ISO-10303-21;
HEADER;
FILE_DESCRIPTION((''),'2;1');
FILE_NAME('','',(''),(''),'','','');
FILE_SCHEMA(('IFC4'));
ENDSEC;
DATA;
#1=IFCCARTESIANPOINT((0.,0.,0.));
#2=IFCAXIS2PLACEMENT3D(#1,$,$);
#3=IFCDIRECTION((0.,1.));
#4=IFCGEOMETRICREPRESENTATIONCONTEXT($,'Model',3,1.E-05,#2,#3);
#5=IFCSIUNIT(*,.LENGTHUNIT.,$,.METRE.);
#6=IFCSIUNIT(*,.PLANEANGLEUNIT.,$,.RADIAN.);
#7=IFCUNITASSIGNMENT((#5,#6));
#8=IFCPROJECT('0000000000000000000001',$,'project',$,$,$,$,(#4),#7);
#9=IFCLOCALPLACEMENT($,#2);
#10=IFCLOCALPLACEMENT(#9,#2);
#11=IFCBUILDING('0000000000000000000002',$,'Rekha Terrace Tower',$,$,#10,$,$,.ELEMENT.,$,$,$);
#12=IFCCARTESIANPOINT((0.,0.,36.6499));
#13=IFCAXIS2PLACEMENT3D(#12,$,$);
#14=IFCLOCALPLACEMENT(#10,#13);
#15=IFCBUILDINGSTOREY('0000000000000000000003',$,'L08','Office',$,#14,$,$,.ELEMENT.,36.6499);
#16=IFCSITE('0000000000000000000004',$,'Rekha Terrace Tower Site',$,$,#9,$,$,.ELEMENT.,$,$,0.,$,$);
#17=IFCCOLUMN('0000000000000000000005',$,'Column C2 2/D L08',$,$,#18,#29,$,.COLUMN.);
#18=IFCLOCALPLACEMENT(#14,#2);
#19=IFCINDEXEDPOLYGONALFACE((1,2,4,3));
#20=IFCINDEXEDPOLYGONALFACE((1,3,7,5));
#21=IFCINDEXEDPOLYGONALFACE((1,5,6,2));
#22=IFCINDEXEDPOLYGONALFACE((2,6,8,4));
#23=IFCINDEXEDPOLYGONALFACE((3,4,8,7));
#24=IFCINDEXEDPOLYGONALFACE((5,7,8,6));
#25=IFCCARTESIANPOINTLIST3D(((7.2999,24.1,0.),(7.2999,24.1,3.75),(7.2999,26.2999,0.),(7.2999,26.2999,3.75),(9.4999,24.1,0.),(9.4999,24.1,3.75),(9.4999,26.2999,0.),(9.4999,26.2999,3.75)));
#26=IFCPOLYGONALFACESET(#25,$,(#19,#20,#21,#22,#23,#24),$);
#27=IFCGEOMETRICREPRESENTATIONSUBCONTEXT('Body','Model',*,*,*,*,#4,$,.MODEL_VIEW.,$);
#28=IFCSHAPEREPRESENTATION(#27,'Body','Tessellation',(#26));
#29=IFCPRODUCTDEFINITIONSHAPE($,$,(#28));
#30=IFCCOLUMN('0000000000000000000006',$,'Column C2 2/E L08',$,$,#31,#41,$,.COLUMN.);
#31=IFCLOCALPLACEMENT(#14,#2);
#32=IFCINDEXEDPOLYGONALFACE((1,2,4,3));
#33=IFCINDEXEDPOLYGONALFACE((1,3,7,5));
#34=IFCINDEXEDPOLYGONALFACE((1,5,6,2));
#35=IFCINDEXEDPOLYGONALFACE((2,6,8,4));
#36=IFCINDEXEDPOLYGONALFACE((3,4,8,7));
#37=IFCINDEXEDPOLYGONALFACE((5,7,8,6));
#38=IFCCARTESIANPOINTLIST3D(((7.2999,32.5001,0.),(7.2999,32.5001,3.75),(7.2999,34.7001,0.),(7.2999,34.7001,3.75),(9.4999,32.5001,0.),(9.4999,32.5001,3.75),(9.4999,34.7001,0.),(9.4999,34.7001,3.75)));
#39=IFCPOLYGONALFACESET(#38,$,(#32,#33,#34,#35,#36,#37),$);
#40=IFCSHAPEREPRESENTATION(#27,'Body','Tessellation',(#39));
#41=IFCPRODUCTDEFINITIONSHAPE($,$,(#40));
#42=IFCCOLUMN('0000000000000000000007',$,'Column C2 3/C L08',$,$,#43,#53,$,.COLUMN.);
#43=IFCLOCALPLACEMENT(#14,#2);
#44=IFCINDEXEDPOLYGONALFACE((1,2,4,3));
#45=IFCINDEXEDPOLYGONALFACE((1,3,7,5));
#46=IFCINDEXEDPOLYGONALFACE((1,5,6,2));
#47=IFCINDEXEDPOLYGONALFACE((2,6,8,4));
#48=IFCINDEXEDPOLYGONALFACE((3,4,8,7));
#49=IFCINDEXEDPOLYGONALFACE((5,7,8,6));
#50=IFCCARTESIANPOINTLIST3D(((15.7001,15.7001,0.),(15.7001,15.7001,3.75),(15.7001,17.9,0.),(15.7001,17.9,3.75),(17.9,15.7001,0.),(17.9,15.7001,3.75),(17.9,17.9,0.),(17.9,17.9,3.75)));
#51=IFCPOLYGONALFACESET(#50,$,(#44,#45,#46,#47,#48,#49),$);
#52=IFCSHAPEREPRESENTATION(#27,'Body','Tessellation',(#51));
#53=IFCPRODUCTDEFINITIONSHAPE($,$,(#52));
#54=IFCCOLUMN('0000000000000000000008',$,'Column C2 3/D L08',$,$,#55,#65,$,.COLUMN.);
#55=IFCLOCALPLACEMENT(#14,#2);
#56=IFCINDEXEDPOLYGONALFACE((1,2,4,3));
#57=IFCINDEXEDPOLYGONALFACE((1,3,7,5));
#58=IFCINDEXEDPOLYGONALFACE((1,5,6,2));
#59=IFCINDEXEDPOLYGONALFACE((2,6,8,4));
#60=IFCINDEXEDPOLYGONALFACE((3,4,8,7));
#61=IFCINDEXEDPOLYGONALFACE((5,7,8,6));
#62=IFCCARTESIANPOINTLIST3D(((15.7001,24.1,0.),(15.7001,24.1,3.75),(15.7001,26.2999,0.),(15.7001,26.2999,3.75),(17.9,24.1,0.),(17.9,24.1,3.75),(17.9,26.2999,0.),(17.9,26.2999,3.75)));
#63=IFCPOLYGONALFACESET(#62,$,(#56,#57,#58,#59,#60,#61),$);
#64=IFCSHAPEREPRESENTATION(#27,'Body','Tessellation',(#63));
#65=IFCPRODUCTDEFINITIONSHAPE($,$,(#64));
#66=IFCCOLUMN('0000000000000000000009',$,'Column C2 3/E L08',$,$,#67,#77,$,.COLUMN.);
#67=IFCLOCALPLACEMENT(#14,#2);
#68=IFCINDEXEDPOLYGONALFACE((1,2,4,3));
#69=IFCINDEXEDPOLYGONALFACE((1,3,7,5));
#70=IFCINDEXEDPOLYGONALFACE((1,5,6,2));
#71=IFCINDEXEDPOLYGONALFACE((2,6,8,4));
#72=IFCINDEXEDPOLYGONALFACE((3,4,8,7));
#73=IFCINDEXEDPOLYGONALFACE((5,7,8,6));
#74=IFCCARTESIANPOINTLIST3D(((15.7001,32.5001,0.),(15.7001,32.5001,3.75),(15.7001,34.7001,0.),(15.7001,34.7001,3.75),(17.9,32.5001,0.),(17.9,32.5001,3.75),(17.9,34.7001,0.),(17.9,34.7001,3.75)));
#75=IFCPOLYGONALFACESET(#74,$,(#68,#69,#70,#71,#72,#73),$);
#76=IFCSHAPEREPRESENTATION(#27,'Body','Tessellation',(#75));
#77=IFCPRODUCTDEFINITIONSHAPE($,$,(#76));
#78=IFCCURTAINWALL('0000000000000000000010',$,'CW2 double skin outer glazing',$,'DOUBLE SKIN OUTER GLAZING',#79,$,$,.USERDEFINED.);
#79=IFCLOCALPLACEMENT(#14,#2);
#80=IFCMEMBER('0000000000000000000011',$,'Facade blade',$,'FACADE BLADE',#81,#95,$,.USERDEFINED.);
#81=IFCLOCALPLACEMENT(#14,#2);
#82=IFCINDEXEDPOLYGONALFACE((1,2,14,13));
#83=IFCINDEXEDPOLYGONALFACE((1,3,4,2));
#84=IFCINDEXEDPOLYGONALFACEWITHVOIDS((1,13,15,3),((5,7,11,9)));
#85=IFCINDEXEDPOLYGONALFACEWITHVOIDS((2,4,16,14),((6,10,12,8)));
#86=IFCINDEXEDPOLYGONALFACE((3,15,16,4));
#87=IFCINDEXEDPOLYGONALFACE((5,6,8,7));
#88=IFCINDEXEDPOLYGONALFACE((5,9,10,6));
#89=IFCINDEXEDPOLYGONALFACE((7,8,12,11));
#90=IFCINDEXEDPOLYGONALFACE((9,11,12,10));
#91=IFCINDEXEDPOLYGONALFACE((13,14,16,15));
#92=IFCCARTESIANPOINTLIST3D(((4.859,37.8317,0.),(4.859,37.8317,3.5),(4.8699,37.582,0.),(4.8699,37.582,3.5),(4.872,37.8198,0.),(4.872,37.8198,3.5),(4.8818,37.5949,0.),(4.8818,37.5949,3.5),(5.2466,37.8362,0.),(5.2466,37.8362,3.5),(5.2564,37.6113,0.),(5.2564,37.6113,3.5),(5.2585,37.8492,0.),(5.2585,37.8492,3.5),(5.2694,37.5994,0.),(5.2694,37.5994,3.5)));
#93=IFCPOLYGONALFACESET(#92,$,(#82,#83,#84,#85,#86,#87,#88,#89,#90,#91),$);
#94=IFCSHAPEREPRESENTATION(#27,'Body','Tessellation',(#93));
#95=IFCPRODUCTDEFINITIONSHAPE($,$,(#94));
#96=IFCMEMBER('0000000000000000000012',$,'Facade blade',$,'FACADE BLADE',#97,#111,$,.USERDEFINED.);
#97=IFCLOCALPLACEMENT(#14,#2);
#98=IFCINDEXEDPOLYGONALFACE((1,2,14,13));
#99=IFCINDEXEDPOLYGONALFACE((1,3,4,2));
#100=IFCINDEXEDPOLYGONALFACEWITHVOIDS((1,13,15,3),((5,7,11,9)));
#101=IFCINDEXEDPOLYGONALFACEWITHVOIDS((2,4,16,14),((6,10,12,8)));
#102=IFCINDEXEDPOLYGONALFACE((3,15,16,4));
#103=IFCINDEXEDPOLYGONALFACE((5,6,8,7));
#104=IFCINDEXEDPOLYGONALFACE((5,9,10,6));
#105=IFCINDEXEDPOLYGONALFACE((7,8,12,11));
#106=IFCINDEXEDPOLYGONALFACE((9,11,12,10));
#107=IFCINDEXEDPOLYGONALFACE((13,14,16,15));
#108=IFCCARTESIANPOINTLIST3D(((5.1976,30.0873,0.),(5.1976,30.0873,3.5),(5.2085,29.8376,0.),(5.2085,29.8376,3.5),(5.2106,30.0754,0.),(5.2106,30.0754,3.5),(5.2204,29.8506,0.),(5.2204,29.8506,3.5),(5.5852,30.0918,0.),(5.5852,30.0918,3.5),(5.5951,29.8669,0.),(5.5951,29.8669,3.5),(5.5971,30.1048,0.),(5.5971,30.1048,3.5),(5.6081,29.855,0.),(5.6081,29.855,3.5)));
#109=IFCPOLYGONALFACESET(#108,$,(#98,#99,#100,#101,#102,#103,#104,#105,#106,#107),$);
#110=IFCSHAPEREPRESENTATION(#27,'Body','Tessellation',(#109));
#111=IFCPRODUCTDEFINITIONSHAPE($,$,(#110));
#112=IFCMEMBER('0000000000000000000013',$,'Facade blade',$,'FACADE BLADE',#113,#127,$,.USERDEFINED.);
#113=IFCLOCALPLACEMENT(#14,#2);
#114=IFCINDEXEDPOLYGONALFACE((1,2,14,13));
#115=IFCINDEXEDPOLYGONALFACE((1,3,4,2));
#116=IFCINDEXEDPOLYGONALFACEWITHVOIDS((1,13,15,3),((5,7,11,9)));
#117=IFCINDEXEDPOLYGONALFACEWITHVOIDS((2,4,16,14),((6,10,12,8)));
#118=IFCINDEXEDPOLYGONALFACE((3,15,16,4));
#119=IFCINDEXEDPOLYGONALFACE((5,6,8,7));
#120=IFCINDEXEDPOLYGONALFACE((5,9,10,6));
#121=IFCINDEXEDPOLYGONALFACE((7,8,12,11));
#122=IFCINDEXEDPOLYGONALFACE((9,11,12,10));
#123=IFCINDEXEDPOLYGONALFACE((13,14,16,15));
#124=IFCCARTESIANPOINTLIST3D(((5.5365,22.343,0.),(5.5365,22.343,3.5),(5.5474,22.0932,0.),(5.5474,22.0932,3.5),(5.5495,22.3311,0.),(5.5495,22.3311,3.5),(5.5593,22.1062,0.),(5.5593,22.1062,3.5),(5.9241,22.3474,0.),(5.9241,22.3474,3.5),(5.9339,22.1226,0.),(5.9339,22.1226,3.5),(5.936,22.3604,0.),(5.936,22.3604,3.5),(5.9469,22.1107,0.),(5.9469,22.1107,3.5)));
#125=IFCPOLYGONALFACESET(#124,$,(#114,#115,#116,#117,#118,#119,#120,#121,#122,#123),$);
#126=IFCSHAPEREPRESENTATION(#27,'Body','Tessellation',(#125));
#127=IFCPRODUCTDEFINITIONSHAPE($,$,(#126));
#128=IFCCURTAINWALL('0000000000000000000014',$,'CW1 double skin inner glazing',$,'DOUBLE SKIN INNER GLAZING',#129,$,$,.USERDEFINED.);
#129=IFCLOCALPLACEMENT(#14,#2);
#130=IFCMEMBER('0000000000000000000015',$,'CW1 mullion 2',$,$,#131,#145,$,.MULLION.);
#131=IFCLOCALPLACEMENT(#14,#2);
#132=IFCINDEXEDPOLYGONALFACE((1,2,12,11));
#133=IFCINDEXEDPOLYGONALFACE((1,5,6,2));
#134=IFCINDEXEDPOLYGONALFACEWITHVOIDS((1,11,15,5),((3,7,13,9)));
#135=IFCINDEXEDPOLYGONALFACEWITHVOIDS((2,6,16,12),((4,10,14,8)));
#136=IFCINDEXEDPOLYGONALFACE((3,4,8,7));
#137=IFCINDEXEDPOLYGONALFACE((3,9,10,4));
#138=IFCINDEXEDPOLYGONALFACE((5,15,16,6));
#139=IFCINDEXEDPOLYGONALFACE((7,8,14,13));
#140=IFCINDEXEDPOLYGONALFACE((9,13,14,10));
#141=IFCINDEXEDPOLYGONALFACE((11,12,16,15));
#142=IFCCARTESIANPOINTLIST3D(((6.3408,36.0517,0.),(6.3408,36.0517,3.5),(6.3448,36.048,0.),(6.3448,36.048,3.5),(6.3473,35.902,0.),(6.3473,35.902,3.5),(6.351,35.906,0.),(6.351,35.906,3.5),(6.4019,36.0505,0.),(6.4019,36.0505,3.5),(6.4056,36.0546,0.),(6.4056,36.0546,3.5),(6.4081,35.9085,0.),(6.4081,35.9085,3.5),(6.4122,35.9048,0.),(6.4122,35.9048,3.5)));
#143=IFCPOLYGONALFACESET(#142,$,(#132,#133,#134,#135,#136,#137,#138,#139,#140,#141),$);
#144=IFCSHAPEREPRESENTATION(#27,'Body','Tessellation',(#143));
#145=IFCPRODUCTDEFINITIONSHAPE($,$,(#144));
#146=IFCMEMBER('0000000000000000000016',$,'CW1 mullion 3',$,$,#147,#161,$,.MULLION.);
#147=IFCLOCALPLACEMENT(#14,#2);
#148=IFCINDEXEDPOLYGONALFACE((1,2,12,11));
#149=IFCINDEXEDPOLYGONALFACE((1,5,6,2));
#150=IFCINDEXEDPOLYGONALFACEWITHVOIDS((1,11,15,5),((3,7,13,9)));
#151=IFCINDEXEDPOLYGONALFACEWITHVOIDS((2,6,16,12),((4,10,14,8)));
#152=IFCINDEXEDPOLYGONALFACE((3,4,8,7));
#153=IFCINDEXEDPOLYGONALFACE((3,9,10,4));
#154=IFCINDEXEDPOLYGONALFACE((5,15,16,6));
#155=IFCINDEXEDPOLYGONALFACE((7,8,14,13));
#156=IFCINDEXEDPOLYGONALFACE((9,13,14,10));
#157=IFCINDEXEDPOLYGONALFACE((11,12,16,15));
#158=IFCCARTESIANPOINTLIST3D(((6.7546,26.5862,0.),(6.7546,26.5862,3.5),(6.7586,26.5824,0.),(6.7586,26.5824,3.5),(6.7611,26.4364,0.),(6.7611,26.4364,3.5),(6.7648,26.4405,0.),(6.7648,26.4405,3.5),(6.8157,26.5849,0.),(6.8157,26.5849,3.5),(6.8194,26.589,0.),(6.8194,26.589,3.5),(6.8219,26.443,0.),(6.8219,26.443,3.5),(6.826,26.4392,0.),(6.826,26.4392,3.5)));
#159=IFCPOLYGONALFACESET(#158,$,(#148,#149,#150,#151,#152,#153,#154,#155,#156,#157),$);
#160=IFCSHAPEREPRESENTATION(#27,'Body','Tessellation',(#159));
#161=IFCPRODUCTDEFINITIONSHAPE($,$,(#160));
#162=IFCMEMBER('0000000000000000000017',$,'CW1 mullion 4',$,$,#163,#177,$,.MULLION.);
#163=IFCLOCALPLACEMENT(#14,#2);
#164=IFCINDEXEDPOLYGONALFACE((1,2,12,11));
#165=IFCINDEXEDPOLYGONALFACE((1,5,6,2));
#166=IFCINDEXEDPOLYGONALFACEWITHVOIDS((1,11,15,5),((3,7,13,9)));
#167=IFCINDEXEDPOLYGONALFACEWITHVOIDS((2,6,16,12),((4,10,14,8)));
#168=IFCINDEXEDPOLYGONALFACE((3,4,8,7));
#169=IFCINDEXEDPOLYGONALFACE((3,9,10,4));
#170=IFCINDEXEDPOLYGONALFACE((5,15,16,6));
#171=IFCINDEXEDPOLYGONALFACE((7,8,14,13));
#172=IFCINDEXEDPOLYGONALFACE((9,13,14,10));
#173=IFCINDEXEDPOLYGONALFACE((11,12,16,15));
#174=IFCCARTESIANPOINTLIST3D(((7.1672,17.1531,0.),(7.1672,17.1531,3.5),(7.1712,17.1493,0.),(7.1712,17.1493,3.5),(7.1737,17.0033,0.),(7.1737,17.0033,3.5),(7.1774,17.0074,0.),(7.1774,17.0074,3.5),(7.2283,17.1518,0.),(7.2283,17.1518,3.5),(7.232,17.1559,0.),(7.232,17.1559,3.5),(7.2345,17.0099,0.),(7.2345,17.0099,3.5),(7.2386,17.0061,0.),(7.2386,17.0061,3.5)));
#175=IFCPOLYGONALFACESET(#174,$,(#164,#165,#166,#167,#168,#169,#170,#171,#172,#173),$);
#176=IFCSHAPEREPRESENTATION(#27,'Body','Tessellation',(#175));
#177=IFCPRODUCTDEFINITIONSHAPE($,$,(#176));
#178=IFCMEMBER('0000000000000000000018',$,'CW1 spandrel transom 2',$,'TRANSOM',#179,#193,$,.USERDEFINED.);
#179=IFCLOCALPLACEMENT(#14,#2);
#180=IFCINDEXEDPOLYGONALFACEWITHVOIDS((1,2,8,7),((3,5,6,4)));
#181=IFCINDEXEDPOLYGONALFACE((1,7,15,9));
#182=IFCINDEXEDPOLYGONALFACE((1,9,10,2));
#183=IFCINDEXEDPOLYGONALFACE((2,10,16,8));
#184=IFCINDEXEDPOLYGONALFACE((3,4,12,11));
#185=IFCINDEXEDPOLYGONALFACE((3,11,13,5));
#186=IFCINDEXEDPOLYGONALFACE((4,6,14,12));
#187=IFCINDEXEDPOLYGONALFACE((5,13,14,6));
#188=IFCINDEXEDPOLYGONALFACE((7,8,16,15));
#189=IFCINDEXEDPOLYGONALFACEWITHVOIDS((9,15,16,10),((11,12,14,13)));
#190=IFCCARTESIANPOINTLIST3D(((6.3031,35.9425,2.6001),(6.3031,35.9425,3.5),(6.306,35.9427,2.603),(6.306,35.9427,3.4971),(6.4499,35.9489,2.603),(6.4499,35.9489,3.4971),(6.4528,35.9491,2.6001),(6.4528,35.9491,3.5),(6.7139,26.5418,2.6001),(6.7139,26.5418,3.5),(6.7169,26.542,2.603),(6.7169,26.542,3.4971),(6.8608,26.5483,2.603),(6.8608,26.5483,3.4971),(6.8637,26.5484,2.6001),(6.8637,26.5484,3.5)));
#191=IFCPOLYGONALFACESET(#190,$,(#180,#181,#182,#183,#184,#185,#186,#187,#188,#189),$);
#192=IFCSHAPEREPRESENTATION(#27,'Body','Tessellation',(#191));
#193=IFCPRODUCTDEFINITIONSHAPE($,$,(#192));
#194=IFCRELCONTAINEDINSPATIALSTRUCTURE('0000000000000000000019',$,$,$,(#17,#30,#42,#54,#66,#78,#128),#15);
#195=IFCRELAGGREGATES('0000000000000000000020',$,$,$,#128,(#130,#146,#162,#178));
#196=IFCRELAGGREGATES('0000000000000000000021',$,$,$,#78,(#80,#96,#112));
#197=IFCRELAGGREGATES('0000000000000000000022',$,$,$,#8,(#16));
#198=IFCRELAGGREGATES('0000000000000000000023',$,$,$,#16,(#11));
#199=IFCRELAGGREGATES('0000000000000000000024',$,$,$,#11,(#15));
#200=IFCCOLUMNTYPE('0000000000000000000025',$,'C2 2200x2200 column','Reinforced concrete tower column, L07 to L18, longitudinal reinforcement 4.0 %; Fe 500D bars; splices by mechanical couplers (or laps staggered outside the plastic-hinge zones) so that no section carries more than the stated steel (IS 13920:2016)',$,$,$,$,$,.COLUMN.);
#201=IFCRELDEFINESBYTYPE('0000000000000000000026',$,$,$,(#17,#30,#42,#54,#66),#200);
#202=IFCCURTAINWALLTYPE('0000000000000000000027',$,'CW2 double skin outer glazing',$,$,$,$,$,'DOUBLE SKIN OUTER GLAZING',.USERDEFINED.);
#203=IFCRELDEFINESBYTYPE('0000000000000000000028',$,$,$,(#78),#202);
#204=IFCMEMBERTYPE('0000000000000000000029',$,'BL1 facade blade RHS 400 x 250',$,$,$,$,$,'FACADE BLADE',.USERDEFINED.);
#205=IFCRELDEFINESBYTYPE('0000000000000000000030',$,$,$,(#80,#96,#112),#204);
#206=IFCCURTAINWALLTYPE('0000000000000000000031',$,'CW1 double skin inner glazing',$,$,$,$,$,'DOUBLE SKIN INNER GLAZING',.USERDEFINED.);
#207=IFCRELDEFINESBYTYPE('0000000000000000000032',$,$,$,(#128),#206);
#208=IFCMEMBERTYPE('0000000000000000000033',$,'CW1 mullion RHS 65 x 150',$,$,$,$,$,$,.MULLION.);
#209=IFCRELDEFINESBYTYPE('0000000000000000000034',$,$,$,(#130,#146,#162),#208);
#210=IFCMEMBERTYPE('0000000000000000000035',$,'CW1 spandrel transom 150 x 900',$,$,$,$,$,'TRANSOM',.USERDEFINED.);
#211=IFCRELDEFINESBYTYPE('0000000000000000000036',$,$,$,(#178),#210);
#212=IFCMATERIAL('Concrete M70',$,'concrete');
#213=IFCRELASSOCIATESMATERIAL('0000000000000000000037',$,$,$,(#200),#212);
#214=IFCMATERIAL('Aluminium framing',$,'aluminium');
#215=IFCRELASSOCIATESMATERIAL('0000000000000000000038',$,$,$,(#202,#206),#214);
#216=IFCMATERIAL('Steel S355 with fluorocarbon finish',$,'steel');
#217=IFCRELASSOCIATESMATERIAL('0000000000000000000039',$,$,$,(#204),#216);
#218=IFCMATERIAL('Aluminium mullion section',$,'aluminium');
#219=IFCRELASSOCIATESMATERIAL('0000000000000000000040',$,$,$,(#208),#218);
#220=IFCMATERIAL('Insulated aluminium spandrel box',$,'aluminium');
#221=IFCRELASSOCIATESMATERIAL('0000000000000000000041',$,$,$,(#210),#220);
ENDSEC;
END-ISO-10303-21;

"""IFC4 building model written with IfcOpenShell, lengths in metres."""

from ifc_helpers import new_model, si_unit, direction, frame, origin, origin_2d, place, context, subcontext, project, spatial, rectangle, hollow_rectangle, extrude, material, material_profile, profile_set, type_object, element, aggregate, save


model = new_model("IFC4")

# Units and contexts
model_context = context("Model", 3, precision=1e-05, world=origin(), true_north=direction((0.0, 1.0)))
body_context = subcontext(model_context, "Body", "Model", "MODEL_VIEW")
ifc_project = project(units=[si_unit("LENGTHUNIT", "METRE"), si_unit("PLANEANGLEUNIT", "RADIAN")], contexts=[model_context])

# Site, building, storey
site_placement = place(None, origin())
site = spatial("IfcSite", under=ifc_project, at=site_placement, Name="Rekha Terrace Tower Site", CompositionType="ELEMENT", RefElevation=0.0)
building_placement = place(site_placement, origin())
building = spatial("IfcBuilding", under=site, at=building_placement, Name="Rekha Terrace Tower", CompositionType="ELEMENT")
storey_placement = place(building_placement, frame((0.0, 0.0, 36.6499)))
storey = spatial("IfcBuildingStorey", under=building, at=storey_placement, Name="L08", Description="Office", CompositionType="ELEMENT", Elevation=36.6499)

# Columns
ifc_material_1 = material(Name="Concrete M70", Category="concrete")
ifc_material_profile_1 = material_profile(ifc_material_1, rectangle(XDim=2.2, YDim=2.2, at=origin_2d()), Name="RC 2200x2200")
ifc_profile_set_1 = profile_set([ifc_material_profile_1], Name="Concrete M70")
column_type = type_object("IfcColumnType", Name="C2 2200x2200 column", Description="Reinforced concrete tower column, L07 to L18, longitudinal reinforcement 4.0 %; Fe 500D bars; splices by mechanical couplers (or laps staggered outside the plastic-hinge zones) so that no section carries more than the stated steel (IS 13920:2016)", PredefinedType="COLUMN", material=ifc_profile_set_1)
for number, where, z_axis, x_axis, name in (
    (1, (8.3999, 25.2, 0.0), (0.0, 0.0, 1.0), (1.0, 0.0, 0.0), "Column C2 2/D L08"),
    (2, (8.3999, 33.6001, 0.0), (0.0, 0.0, 1.0), (1.0, 0.0, 0.0), "Column C2 2/E L08"),
    (3, (16.8, 16.8, 0.0), (0.0, 0.0, 1.0), (1.0, 0.0, 0.0), "Column C2 3/C L08"),
    (4, (16.8, 25.2, 0.0), (0.0, 0.0, 1.0), (1.0, 0.0, 0.0), "Column C2 3/D L08"),
    (5, (16.8, 33.6001, 0.0), (0.0, 0.0, 1.0), (1.0, 0.0, 0.0), "Column C2 3/E L08"),
):
    element("IfcColumn", number, at=place(storey_placement, frame(where, z_axis=z_axis, x_axis=x_axis)), inside=storey, type_object=column_type, Name=name, PredefinedType="COLUMN", context=body_context, shape_type="SweptSolid", body=[
        extrude(rectangle(XDim=2.2, YDim=2.2, at=origin_2d()), origin(), (0.0, 0.0, 1.0), 3.75),
    ])

# Curtain walls, members
ifc_material_2 = material(Name="Aluminium framing", Category="aluminium")
curtain_wall_type_1 = type_object("IfcCurtainWallType", Name="CW2 double skin outer glazing", ElementType="DOUBLE SKIN OUTER GLAZING", PredefinedType="USERDEFINED", material=ifc_material_2)
curtain_wall_1_placement = place(storey_placement, origin())
curtain_wall_1 = element("IfcCurtainWall", 6, at=curtain_wall_1_placement, inside=storey, type_object=curtain_wall_type_1, Name="CW2 double skin outer glazing", ObjectType="DOUBLE SKIN OUTER GLAZING", PredefinedType="USERDEFINED")
ifc_material_3 = material(Name="Steel S355 with fluorocarbon finish", Category="steel")
ifc_material_profile_2 = material_profile(ifc_material_3, hollow_rectangle(XDim=0.25, YDim=0.3999, WallThickness=0.0125, at=origin_2d()), Name="RHS400x250x12.5")
ifc_profile_set_2 = profile_set([ifc_material_profile_2], Name="Steel S355 with fluorocarbon finish")
member_type_1 = type_object("IfcMemberType", Name="BL1 facade blade RHS 400 x 250", ElementType="FACADE BLADE", PredefinedType="USERDEFINED", material=ifc_profile_set_2)
member_1_placement = place(storey_placement, frame((5.0642, 37.7156, 0.0), z_axis=(0.0, 0.0, 1.0), x_axis=(0.043682, -0.999045, 0.0)))
member_1 = element("IfcMember", 7, at=member_1_placement, type_object=member_type_1, Name="Facade blade", ObjectType="FACADE BLADE", PredefinedType="USERDEFINED", context=body_context, shape_type="SweptSolid", body=[
    extrude(hollow_rectangle(XDim=0.25, YDim=0.3999, WallThickness=0.0125, at=origin_2d()), origin(), (0.0, 0.0, 1.0), 3.5),
])
member_2_placement = place(storey_placement, frame((5.4028, 29.9712, 0.0), z_axis=(0.0, 0.0, 1.0), x_axis=(0.043682, -0.999045, 0.0)))
member_2 = element("IfcMember", 8, at=member_2_placement, type_object=member_type_1, Name="Facade blade", ObjectType="FACADE BLADE", PredefinedType="USERDEFINED", context=body_context, shape_type="SweptSolid", body=[
    extrude(hollow_rectangle(XDim=0.25, YDim=0.3999, WallThickness=0.0125, at=origin_2d()), origin(), (0.0, 0.0, 1.0), 3.5),
])
member_3_placement = place(storey_placement, frame((5.7417, 22.2268, 0.0), z_axis=(0.0, 0.0, 1.0), x_axis=(0.043682, -0.999045, 0.0)))
member_3 = element("IfcMember", 9, at=member_3_placement, type_object=member_type_1, Name="Facade blade", ObjectType="FACADE BLADE", PredefinedType="USERDEFINED", context=body_context, shape_type="SweptSolid", body=[
    extrude(hollow_rectangle(XDim=0.25, YDim=0.3999, WallThickness=0.0125, at=origin_2d()), origin(), (0.0, 0.0, 1.0), 3.5),
])
curtain_wall_type_2 = type_object("IfcCurtainWallType", Name="CW1 double skin inner glazing", ElementType="DOUBLE SKIN INNER GLAZING", PredefinedType="USERDEFINED", material=ifc_material_2)
curtain_wall_2_placement = place(storey_placement, origin())
curtain_wall_2 = element("IfcCurtainWall", 10, at=curtain_wall_2_placement, inside=storey, type_object=curtain_wall_type_2, Name="CW1 double skin inner glazing", ObjectType="DOUBLE SKIN INNER GLAZING", PredefinedType="USERDEFINED")
ifc_material_4 = material(Name="Aluminium mullion section", Category="aluminium")
ifc_material_profile_3 = material_profile(ifc_material_4, hollow_rectangle(XDim=0.0649, YDim=0.1499, WallThickness=0.0039, at=origin_2d()), Name="AL RHS 65x150")
ifc_profile_set_3 = profile_set([ifc_material_profile_3], Name="Aluminium mullion section")
member_type_2 = type_object("IfcMemberType", Name="CW1 mullion RHS 65 x 150", PredefinedType="MULLION", material=ifc_profile_set_3)
member_4_placement = place(storey_placement, frame((6.3765, 35.9783, 0.0), z_axis=(0.0, 0.0, 1.0), x_axis=(0.999045, 0.043683, 0.0)))
member_4 = element("IfcMember", 11, at=member_4_placement, type_object=member_type_2, Name="CW1 mullion 2", PredefinedType="MULLION", context=body_context, shape_type="SweptSolid", body=[
    extrude(hollow_rectangle(XDim=0.0649, YDim=0.1499, WallThickness=0.0039, at=origin_2d()), origin(), (0.0, 0.0, 1.0), 3.5),
])
member_5_placement = place(storey_placement, frame((6.7903, 26.5127, 0.0), z_axis=(0.0, 0.0, 1.0), x_axis=(0.999045, 0.043683, 0.0)))
member_5 = element("IfcMember", 12, at=member_5_placement, type_object=member_type_2, Name="CW1 mullion 3", PredefinedType="MULLION", context=body_context, shape_type="SweptSolid", body=[
    extrude(hollow_rectangle(XDim=0.0649, YDim=0.1499, WallThickness=0.0039, at=origin_2d()), origin(), (0.0, 0.0, 1.0), 3.5),
])
member_6_placement = place(storey_placement, frame((7.2029, 17.0796, 0.0), z_axis=(0.0, 0.0, 1.0), x_axis=(0.999045, 0.043683, 0.0)))
member_6 = element("IfcMember", 13, at=member_6_placement, type_object=member_type_2, Name="CW1 mullion 4", PredefinedType="MULLION", context=body_context, shape_type="SweptSolid", body=[
    extrude(hollow_rectangle(XDim=0.0649, YDim=0.1499, WallThickness=0.0039, at=origin_2d()), origin(), (0.0, 0.0, 1.0), 3.5),
])
ifc_material_5 = material(Name="Insulated aluminium spandrel box", Category="aluminium")
ifc_material_profile_4 = material_profile(ifc_material_5, hollow_rectangle(XDim=0.1499, YDim=0.8999, WallThickness=0.0029, at=origin_2d()), Name="AL SPANDREL BOX 150x900")
ifc_profile_set_4 = profile_set([ifc_material_profile_4], Name="Insulated aluminium spandrel box")
member_type_3 = type_object("IfcMemberType", Name="CW1 spandrel transom 150 x 900", ElementType="TRANSOM", PredefinedType="USERDEFINED", material=ifc_profile_set_4)
member_7_placement = place(storey_placement, frame((6.3779, 35.9458, 3.05), z_axis=(0.043667, -0.999046, 0.0), x_axis=(0.999046, 0.043667, 0.0)))
member_7 = element("IfcMember", 14, at=member_7_placement, type_object=member_type_3, Name="CW1 spandrel transom 2", ObjectType="TRANSOM", PredefinedType="USERDEFINED", context=body_context, shape_type="SweptSolid", body=[
    extrude(hollow_rectangle(XDim=0.1499, YDim=0.8999, WallThickness=0.0029, at=origin_2d()), origin(), (0.0, 0.0, 1.0), 9.4097),
])

aggregate(curtain_wall_2, [member_4, member_5, member_6, member_7])
aggregate(curtain_wall_1, [member_1, member_2, member_3])

save(model, "model.ifc")
